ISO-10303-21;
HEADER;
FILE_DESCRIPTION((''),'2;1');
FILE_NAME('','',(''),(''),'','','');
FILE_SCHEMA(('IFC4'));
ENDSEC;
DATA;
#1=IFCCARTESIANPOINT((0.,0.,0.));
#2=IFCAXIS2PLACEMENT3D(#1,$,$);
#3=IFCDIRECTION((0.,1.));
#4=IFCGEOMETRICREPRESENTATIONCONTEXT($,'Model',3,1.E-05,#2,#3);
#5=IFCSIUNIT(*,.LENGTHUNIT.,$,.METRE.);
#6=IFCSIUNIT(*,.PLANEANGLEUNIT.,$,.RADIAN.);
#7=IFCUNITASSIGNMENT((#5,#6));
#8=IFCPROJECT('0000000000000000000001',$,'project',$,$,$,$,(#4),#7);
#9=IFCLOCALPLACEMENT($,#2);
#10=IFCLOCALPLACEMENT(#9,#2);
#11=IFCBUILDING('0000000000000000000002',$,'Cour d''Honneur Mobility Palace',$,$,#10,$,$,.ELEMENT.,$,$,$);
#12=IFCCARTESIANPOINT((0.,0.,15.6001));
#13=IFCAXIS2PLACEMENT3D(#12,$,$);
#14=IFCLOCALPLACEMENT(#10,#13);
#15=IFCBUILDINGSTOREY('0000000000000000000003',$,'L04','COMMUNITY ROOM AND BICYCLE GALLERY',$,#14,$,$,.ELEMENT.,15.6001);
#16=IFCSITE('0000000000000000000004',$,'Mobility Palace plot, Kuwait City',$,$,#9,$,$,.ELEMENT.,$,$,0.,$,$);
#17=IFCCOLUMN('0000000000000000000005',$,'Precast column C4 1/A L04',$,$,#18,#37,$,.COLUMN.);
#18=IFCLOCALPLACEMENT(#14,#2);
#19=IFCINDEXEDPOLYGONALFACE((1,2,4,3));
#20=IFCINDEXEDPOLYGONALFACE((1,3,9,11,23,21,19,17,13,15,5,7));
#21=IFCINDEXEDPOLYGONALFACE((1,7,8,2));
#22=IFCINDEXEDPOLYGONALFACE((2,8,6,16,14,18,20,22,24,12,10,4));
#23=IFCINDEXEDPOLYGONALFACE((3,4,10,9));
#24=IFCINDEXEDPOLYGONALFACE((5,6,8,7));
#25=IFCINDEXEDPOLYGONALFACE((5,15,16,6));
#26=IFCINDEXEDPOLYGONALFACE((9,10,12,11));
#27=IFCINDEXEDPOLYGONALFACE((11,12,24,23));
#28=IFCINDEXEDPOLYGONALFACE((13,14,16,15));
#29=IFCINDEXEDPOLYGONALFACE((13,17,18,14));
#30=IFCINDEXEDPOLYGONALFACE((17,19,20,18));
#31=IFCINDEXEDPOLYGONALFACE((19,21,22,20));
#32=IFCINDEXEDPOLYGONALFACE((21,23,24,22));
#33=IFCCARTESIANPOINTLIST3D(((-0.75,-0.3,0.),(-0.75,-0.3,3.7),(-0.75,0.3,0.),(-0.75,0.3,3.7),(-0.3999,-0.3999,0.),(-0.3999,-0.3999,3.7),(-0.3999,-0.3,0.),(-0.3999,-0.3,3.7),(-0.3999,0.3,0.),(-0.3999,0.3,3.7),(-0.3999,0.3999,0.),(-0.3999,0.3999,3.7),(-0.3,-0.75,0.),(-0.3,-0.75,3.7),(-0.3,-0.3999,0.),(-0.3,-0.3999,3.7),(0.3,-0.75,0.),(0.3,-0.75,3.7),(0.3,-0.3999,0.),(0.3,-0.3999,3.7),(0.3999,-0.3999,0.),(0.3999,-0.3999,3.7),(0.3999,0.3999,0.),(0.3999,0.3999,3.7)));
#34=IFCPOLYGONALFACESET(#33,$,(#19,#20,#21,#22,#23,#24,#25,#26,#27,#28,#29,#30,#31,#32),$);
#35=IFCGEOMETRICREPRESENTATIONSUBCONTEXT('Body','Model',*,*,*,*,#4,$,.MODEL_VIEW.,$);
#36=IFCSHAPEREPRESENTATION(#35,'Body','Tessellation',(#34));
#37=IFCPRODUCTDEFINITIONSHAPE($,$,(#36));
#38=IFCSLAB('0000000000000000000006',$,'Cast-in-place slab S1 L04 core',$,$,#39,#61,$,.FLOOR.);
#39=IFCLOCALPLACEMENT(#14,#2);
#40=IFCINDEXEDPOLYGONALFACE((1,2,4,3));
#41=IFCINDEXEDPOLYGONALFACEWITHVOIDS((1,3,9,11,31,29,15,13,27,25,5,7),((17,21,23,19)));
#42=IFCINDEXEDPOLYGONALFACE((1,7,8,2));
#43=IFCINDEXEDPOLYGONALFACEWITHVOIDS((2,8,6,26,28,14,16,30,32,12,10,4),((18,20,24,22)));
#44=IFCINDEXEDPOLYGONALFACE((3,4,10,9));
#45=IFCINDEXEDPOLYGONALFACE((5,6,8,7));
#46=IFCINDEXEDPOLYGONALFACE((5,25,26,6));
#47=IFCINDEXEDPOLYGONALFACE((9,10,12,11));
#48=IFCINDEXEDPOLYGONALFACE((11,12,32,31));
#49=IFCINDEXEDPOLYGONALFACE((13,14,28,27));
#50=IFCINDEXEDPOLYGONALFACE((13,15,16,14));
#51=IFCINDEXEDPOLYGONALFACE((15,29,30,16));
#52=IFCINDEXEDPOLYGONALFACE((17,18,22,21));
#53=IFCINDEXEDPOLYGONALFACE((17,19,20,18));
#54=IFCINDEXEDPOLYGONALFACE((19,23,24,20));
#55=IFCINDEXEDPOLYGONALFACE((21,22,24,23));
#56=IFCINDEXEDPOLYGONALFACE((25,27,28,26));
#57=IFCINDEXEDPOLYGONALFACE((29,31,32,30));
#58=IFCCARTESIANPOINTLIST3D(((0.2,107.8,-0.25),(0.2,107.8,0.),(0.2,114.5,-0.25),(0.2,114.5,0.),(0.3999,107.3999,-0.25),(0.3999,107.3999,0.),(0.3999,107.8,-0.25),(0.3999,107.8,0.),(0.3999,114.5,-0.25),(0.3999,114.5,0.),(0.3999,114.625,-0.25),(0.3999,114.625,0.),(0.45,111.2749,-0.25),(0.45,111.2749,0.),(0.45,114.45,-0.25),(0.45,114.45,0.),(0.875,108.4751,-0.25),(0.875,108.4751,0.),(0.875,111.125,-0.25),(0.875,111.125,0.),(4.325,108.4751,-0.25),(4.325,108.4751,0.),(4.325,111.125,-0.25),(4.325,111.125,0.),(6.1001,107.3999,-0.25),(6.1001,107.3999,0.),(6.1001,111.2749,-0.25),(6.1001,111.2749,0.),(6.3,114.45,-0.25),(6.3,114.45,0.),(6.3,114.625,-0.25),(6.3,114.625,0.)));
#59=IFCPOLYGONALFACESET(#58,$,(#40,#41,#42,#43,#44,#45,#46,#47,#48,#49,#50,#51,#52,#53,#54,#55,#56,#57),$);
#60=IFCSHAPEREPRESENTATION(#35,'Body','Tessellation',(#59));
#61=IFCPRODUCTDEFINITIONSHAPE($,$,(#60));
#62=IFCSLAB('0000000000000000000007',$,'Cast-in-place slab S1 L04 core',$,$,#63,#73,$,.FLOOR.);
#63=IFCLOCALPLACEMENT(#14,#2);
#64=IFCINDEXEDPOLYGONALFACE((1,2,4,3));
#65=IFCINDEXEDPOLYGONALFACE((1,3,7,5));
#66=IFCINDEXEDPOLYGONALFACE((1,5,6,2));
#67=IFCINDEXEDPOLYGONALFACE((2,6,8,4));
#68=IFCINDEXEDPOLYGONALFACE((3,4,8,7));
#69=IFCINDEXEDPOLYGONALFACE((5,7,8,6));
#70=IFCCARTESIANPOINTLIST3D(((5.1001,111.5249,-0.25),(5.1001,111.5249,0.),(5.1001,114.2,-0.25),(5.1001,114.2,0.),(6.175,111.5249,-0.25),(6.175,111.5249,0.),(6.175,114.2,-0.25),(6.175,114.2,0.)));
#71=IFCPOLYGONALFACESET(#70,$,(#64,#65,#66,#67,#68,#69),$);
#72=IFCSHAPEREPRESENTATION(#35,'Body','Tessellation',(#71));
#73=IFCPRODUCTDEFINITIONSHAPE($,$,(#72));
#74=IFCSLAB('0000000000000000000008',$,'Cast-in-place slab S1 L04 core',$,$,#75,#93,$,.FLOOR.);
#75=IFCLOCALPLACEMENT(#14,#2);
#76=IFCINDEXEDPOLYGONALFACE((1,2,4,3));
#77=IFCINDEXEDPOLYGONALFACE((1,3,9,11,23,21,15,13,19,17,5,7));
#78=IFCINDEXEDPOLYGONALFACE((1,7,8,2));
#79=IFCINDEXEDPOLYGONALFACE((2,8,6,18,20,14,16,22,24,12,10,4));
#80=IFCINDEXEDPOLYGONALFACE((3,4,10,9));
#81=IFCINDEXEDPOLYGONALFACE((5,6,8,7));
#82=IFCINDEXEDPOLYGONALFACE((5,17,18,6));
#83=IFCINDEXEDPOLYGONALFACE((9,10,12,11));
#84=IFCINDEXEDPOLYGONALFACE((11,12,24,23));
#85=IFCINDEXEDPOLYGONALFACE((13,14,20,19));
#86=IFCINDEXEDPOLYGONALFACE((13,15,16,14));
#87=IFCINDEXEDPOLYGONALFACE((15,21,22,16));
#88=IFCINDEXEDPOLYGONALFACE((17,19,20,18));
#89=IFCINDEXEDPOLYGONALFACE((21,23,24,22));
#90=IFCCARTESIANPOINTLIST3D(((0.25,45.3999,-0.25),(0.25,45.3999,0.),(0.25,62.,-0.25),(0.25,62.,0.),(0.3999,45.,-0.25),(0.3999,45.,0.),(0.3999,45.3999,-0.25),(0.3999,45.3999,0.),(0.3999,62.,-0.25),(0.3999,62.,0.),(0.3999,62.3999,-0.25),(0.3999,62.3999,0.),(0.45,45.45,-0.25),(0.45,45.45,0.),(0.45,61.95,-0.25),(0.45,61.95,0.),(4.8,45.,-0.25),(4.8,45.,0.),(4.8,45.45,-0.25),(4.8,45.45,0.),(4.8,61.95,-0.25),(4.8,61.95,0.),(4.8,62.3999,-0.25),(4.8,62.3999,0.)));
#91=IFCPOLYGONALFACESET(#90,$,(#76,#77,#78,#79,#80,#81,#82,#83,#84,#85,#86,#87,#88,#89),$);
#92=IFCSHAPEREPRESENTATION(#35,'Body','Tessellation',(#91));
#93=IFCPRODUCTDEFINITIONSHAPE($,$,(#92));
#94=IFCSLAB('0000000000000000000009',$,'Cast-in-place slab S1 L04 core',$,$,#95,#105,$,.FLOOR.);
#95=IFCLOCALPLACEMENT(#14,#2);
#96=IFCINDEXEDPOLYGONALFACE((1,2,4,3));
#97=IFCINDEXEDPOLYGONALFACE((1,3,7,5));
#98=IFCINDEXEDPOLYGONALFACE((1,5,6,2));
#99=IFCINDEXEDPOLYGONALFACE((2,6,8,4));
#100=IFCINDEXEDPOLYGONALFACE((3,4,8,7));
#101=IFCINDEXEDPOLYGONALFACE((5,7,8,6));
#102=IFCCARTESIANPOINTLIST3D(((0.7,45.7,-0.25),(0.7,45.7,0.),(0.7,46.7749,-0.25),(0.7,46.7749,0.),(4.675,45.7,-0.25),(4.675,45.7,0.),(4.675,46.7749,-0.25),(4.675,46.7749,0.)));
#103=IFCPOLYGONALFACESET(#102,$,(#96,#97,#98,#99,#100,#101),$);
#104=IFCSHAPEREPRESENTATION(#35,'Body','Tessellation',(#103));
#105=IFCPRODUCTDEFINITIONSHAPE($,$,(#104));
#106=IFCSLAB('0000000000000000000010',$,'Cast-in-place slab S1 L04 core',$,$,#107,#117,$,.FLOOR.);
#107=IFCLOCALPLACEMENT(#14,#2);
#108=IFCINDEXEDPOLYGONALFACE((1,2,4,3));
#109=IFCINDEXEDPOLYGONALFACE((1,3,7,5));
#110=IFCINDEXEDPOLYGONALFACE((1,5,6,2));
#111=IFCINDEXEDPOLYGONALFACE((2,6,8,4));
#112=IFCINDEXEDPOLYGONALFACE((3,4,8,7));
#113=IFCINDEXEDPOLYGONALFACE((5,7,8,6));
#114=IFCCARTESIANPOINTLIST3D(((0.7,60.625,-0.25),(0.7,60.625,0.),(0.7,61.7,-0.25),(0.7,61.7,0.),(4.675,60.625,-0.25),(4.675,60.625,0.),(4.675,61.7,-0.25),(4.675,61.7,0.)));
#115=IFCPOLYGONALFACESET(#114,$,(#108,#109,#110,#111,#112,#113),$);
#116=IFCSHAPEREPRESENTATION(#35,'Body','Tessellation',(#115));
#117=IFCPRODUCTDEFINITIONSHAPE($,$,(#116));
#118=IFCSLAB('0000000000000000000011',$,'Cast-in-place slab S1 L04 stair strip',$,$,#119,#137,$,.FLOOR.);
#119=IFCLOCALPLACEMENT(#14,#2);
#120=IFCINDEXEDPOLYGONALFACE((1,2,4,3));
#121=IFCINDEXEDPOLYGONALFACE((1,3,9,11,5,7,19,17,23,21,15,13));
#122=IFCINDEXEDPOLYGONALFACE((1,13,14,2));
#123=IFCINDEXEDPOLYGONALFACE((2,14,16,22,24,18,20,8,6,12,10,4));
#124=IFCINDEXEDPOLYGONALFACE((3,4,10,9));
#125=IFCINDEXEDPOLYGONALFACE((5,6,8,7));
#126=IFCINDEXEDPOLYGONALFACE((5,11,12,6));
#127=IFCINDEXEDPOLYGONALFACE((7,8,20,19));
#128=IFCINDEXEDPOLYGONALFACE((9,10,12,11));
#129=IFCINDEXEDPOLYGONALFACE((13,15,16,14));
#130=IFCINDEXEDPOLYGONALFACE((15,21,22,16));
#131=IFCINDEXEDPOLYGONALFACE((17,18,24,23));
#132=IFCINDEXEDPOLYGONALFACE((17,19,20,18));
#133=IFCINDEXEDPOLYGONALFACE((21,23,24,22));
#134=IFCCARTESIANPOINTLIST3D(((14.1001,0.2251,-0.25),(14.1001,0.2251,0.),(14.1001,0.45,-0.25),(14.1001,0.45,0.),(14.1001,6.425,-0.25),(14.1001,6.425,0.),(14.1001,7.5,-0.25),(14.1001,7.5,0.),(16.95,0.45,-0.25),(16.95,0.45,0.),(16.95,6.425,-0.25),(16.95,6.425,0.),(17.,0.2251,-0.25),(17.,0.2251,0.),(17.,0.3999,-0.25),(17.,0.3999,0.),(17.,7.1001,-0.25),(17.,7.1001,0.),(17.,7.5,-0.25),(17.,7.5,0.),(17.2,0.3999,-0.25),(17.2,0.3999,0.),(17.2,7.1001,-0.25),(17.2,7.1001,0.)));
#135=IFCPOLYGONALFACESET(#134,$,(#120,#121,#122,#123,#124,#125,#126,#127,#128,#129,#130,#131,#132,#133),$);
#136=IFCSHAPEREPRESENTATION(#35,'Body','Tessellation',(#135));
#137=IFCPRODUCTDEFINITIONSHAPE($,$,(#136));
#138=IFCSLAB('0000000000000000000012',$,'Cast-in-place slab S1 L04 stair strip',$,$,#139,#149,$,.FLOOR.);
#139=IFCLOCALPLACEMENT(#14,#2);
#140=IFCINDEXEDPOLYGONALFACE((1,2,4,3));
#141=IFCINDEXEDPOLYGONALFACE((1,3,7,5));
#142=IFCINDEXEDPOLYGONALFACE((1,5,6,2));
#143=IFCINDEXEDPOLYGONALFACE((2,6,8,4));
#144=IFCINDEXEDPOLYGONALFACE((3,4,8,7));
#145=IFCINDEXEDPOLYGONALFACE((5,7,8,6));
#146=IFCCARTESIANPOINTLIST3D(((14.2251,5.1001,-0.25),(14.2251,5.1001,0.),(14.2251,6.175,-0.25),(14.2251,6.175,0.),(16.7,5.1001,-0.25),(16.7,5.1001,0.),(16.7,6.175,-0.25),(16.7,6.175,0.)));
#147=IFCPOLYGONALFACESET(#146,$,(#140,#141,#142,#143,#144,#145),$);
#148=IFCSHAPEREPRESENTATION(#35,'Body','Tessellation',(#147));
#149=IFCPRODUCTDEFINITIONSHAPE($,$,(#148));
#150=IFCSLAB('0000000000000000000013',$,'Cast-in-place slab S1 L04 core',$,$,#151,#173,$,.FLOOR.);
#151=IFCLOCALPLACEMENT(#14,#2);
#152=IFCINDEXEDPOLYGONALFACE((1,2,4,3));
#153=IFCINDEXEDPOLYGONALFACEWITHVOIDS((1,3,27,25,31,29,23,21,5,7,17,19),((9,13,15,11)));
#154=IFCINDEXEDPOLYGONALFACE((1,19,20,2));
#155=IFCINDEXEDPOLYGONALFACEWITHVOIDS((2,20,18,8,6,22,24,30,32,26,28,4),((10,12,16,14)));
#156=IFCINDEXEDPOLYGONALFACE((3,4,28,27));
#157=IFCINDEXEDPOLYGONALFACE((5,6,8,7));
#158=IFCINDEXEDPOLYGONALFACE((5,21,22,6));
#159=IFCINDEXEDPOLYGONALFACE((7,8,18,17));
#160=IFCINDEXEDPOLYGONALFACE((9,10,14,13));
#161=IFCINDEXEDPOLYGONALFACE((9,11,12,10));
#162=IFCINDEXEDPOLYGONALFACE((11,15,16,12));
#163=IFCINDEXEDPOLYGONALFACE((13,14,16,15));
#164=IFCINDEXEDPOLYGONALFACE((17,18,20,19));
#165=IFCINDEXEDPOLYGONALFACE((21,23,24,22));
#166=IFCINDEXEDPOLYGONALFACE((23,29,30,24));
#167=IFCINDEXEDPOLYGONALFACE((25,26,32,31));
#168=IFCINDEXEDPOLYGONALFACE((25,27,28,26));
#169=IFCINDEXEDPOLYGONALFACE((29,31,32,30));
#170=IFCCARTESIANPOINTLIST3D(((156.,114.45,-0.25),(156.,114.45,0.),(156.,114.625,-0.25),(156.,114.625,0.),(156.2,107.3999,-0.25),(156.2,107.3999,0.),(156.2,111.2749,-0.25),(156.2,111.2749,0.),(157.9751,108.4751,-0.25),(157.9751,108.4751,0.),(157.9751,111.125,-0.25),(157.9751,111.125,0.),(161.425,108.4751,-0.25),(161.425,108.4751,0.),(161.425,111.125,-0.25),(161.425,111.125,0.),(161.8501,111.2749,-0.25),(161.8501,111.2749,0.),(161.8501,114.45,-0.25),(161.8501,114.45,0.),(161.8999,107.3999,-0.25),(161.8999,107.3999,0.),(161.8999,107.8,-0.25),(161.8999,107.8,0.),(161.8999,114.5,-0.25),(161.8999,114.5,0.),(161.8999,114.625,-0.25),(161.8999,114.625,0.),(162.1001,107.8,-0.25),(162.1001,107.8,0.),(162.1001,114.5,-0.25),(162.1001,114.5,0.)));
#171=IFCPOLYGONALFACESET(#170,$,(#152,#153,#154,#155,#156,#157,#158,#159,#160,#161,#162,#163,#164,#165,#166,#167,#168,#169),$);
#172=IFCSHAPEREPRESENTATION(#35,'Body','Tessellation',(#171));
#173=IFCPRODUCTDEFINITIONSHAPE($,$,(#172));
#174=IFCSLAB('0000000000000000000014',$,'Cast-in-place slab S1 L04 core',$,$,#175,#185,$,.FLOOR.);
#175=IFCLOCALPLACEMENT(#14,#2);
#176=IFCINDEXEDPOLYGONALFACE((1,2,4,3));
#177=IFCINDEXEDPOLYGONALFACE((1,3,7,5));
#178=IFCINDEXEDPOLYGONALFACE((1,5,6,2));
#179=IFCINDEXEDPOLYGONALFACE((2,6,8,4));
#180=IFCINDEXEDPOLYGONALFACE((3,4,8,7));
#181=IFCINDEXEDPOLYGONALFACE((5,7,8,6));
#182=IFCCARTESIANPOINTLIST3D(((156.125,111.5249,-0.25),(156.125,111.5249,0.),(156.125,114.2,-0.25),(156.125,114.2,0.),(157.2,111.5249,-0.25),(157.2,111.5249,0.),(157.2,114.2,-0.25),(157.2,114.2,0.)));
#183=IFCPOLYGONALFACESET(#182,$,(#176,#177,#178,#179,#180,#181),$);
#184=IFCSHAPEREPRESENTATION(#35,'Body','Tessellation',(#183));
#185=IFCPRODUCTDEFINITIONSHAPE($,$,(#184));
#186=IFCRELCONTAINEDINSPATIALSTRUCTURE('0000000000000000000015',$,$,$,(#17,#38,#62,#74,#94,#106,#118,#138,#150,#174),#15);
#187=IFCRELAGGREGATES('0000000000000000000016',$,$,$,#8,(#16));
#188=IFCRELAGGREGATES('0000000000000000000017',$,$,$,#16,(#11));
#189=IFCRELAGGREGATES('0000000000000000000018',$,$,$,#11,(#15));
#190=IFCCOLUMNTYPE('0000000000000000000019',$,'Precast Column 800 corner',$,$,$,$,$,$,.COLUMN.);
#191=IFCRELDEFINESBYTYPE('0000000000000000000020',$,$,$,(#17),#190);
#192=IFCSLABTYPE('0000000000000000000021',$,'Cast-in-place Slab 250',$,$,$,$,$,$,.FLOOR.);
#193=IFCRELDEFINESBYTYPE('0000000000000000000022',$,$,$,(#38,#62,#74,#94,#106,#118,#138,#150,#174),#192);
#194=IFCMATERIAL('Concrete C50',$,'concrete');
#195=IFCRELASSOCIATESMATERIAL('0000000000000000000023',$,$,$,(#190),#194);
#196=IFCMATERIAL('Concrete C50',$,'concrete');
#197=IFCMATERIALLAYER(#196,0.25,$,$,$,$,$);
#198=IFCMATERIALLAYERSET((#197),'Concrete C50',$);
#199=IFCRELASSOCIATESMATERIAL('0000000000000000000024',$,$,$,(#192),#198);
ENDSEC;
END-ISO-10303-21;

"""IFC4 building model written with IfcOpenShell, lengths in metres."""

from ifc_helpers import new_model, si_unit, direction, frame, origin, place, context, subcontext, project, spatial, polyline, outline, extrude, material, layer, layer_set, material_profile, profile_set, type_object, element, save


model = new_model("IFC4")

# Units and contexts
model_context = context("Model", 3, precision=1e-05, world=origin(), true_north=direction((0.0, 1.0)))
body_context = subcontext(model_context, "Body", "Model", "MODEL_VIEW")
ifc_project = project(units=[si_unit("LENGTHUNIT", "METRE"), si_unit("PLANEANGLEUNIT", "RADIAN")], contexts=[model_context])

# Site, building, storey
site_placement = place(None, origin())
site = spatial("IfcSite", under=ifc_project, at=site_placement, Name="Mobility Palace plot, Kuwait City", CompositionType="ELEMENT", RefElevation=0.0)
building_placement = place(site_placement, origin())
building = spatial("IfcBuilding", under=site, at=building_placement, Name="Cour d'Honneur Mobility Palace", CompositionType="ELEMENT")
storey_placement = place(building_placement, frame((0.0, 0.0, 15.6001)))
storey = spatial("IfcBuildingStorey", under=building, at=storey_placement, Name="L04", Description="COMMUNITY ROOM AND BICYCLE GALLERY", CompositionType="ELEMENT", Elevation=15.6001)

# Column
ifc_material_1 = material(Name="Concrete C50", Category="concrete")
ifc_material_profile = material_profile(ifc_material_1, outline(polyline([(-0.3999, -0.3999), (0.3999, -0.3999), (0.3999, -0.3), (0.75, -0.3), (0.75, 0.3), (0.3999, 0.3), (0.3999, 0.3999), (0.3, 0.3999), (0.3, 0.75), (-0.3, 0.75), (-0.3, 0.3999), (-0.3999, 0.3999), (-0.3999, -0.3999)])), Name="PC C800 corner")
ifc_profile_set = profile_set([ifc_material_profile], Name="Concrete C50")
column_type = type_object("IfcColumnType", Name="Precast Column 800 corner", PredefinedType="COLUMN", material=ifc_profile_set)
column_placement = place(storey_placement, frame((0.0, 0.0, 0.0), z_axis=(0.0, 0.0, 1.0), x_axis=(-1.0, 0.0, 0.0)))
element("IfcColumn", 1, at=column_placement, inside=storey, type_object=column_type, Name="Precast column C4 1/A L04", PredefinedType="COLUMN", context=body_context, shape_type="SweptSolid", body=[
    extrude(outline(polyline([(-0.3999, -0.3999), (0.3999, -0.3999), (0.3999, -0.3), (0.75, -0.3), (0.75, 0.3), (0.3999, 0.3), (0.3999, 0.3999), (0.3, 0.3999), (0.3, 0.75), (-0.3, 0.75), (-0.3, 0.3999), (-0.3999, 0.3999), (-0.3999, -0.3999)])), origin(), (0.0, 0.0, 1.0), 3.7),
])

# Slabs
ifc_material_2 = material(Name="Concrete C50", Category="concrete")
ifc_layer_1 = layer(ifc_material_2, 0.25)
ifc_layer_set_1 = layer_set([ifc_layer_1], Name="Concrete C50")
slab_type_1 = type_object("IfcSlabType", Name="Cast-in-place Slab 250", PredefinedType="FLOOR", material=ifc_layer_set_1)
slab_1_placement = place(storey_placement, frame((0.0, 0.0, -0.25)))
element("IfcSlab", 2, at=slab_1_placement, inside=storey, type_object=slab_type_1, Name="Cast-in-place slab S1 L04 core", PredefinedType="FLOOR", context=body_context, shape_type="SweptSolid", body=[
    extrude(outline(polyline([(0.45, 114.45), (0.45, 111.2749), (6.1001, 111.2749), (6.1001, 107.3999), (0.3999, 107.3999), (0.3999, 107.8), (0.2, 107.8), (0.2, 114.5), (0.3999, 114.5), (0.3999, 114.625), (6.3, 114.625), (6.3, 114.45), (0.45, 114.45)]), holes=[polyline([(0.875, 111.125), (0.875, 108.4751), (4.325, 108.4751), (4.325, 111.125), (0.875, 111.125)])]), origin(), (0.0, 0.0, 1.0), 0.25),
])
slab_2_placement = place(storey_placement, frame((0.0, 0.0, -0.25)))
element("IfcSlab", 3, at=slab_2_placement, inside=storey, type_object=slab_type_1, Name="Cast-in-place slab S1 L04 core", PredefinedType="FLOOR", context=body_context, shape_type="SweptSolid", body=[
    extrude(outline(polyline([(6.175, 111.5249), (5.1001, 111.5249), (5.1001, 114.2), (6.175, 114.2), (6.175, 111.5249)])), origin(), (0.0, 0.0, 1.0), 0.25),
])
slab_3_placement = place(storey_placement, frame((0.0, 0.0, -0.25)))
element("IfcSlab", 4, at=slab_3_placement, inside=storey, type_object=slab_type_1, Name="Cast-in-place slab S1 L04 core", PredefinedType="FLOOR", context=body_context, shape_type="SweptSolid", body=[
    extrude(outline(polyline([(0.3999, 45.3999), (0.25, 45.3999), (0.25, 62.0), (0.3999, 62.0), (0.3999, 62.3999), (4.8, 62.3999), (4.8, 61.95), (0.45, 61.95), (0.45, 45.45), (4.8, 45.45), (4.8, 45.0), (0.3999, 45.0), (0.3999, 45.3999)])), origin(), (0.0, 0.0, 1.0), 0.25),
])
slab_4_placement = place(storey_placement, frame((0.0, 0.0, -0.25)))
element("IfcSlab", 5, at=slab_4_placement, inside=storey, type_object=slab_type_1, Name="Cast-in-place slab S1 L04 core", PredefinedType="FLOOR", context=body_context, shape_type="SweptSolid", body=[
    extrude(outline(polyline([(0.7, 45.7), (0.7, 46.7749), (4.675, 46.7749), (4.675, 45.7), (0.7, 45.7)])), origin(), (0.0, 0.0, 1.0), 0.25),
])
slab_5_placement = place(storey_placement, frame((0.0, 0.0, -0.25)))
element("IfcSlab", 6, at=slab_5_placement, inside=storey, type_object=slab_type_1, Name="Cast-in-place slab S1 L04 core", PredefinedType="FLOOR", context=body_context, shape_type="SweptSolid", body=[
    extrude(outline(polyline([(4.675, 60.625), (0.7, 60.625), (0.7, 61.7), (4.675, 61.7), (4.675, 60.625)])), origin(), (0.0, 0.0, 1.0), 0.25),
])
slab_6_placement = place(storey_placement, frame((0.0, 0.0, -0.25)))
element("IfcSlab", 7, at=slab_6_placement, inside=storey, type_object=slab_type_1, Name="Cast-in-place slab S1 L04 stair strip", PredefinedType="FLOOR", context=body_context, shape_type="SweptSolid", body=[
    extrude(outline(polyline([(17.0, 7.1001), (17.2, 7.1001), (17.2, 0.3999), (17.0, 0.3999), (17.0, 0.2251), (14.1001, 0.2251), (14.1001, 0.45), (16.95, 0.45), (16.95, 6.425), (14.1001, 6.425), (14.1001, 7.5), (17.0, 7.5), (17.0, 7.1001)])), origin(), (0.0, 0.0, 1.0), 0.25),
])
slab_7_placement = place(storey_placement, frame((0.0, 0.0, -0.25)))
element("IfcSlab", 8, at=slab_7_placement, inside=storey, type_object=slab_type_1, Name="Cast-in-place slab S1 L04 stair strip", PredefinedType="FLOOR", context=body_context, shape_type="SweptSolid", body=[
    extrude(outline(polyline([(14.2251, 5.1001), (14.2251, 6.175), (16.7, 6.175), (16.7, 5.1001), (14.2251, 5.1001)])), origin(), (0.0, 0.0, 1.0), 0.25),
])
slab_8_placement = place(storey_placement, frame((0.0, 0.0, -0.25)))
element("IfcSlab", 9, at=slab_8_placement, inside=storey, type_object=slab_type_1, Name="Cast-in-place slab S1 L04 core", PredefinedType="FLOOR", context=body_context, shape_type="SweptSolid", body=[
    extrude(outline(polyline([(161.8999, 114.5), (162.1001, 114.5), (162.1001, 107.8), (161.8999, 107.8), (161.8999, 107.3999), (156.2, 107.3999), (156.2, 111.2749), (161.8501, 111.2749), (161.8501, 114.45), (156.0, 114.45), (156.0, 114.625), (161.8999, 114.625), (161.8999, 114.5)]), holes=[polyline([(161.425, 111.125), (157.9751, 111.125), (157.9751, 108.4751), (161.425, 108.4751), (161.425, 111.125)])]), origin(), (0.0, 0.0, 1.0), 0.25),
])
slab_9_placement = place(storey_placement, frame((0.0, 0.0, -0.25)))
element("IfcSlab", 10, at=slab_9_placement, inside=storey, type_object=slab_type_1, Name="Cast-in-place slab S1 L04 core", PredefinedType="FLOOR", context=body_context, shape_type="SweptSolid", body=[
    extrude(outline(polyline([(156.125, 114.2), (157.2, 114.2), (157.2, 111.5249), (156.125, 111.5249), (156.125, 114.2)])), origin(), (0.0, 0.0, 1.0), 0.25),
])

save(model, "model.ifc")
